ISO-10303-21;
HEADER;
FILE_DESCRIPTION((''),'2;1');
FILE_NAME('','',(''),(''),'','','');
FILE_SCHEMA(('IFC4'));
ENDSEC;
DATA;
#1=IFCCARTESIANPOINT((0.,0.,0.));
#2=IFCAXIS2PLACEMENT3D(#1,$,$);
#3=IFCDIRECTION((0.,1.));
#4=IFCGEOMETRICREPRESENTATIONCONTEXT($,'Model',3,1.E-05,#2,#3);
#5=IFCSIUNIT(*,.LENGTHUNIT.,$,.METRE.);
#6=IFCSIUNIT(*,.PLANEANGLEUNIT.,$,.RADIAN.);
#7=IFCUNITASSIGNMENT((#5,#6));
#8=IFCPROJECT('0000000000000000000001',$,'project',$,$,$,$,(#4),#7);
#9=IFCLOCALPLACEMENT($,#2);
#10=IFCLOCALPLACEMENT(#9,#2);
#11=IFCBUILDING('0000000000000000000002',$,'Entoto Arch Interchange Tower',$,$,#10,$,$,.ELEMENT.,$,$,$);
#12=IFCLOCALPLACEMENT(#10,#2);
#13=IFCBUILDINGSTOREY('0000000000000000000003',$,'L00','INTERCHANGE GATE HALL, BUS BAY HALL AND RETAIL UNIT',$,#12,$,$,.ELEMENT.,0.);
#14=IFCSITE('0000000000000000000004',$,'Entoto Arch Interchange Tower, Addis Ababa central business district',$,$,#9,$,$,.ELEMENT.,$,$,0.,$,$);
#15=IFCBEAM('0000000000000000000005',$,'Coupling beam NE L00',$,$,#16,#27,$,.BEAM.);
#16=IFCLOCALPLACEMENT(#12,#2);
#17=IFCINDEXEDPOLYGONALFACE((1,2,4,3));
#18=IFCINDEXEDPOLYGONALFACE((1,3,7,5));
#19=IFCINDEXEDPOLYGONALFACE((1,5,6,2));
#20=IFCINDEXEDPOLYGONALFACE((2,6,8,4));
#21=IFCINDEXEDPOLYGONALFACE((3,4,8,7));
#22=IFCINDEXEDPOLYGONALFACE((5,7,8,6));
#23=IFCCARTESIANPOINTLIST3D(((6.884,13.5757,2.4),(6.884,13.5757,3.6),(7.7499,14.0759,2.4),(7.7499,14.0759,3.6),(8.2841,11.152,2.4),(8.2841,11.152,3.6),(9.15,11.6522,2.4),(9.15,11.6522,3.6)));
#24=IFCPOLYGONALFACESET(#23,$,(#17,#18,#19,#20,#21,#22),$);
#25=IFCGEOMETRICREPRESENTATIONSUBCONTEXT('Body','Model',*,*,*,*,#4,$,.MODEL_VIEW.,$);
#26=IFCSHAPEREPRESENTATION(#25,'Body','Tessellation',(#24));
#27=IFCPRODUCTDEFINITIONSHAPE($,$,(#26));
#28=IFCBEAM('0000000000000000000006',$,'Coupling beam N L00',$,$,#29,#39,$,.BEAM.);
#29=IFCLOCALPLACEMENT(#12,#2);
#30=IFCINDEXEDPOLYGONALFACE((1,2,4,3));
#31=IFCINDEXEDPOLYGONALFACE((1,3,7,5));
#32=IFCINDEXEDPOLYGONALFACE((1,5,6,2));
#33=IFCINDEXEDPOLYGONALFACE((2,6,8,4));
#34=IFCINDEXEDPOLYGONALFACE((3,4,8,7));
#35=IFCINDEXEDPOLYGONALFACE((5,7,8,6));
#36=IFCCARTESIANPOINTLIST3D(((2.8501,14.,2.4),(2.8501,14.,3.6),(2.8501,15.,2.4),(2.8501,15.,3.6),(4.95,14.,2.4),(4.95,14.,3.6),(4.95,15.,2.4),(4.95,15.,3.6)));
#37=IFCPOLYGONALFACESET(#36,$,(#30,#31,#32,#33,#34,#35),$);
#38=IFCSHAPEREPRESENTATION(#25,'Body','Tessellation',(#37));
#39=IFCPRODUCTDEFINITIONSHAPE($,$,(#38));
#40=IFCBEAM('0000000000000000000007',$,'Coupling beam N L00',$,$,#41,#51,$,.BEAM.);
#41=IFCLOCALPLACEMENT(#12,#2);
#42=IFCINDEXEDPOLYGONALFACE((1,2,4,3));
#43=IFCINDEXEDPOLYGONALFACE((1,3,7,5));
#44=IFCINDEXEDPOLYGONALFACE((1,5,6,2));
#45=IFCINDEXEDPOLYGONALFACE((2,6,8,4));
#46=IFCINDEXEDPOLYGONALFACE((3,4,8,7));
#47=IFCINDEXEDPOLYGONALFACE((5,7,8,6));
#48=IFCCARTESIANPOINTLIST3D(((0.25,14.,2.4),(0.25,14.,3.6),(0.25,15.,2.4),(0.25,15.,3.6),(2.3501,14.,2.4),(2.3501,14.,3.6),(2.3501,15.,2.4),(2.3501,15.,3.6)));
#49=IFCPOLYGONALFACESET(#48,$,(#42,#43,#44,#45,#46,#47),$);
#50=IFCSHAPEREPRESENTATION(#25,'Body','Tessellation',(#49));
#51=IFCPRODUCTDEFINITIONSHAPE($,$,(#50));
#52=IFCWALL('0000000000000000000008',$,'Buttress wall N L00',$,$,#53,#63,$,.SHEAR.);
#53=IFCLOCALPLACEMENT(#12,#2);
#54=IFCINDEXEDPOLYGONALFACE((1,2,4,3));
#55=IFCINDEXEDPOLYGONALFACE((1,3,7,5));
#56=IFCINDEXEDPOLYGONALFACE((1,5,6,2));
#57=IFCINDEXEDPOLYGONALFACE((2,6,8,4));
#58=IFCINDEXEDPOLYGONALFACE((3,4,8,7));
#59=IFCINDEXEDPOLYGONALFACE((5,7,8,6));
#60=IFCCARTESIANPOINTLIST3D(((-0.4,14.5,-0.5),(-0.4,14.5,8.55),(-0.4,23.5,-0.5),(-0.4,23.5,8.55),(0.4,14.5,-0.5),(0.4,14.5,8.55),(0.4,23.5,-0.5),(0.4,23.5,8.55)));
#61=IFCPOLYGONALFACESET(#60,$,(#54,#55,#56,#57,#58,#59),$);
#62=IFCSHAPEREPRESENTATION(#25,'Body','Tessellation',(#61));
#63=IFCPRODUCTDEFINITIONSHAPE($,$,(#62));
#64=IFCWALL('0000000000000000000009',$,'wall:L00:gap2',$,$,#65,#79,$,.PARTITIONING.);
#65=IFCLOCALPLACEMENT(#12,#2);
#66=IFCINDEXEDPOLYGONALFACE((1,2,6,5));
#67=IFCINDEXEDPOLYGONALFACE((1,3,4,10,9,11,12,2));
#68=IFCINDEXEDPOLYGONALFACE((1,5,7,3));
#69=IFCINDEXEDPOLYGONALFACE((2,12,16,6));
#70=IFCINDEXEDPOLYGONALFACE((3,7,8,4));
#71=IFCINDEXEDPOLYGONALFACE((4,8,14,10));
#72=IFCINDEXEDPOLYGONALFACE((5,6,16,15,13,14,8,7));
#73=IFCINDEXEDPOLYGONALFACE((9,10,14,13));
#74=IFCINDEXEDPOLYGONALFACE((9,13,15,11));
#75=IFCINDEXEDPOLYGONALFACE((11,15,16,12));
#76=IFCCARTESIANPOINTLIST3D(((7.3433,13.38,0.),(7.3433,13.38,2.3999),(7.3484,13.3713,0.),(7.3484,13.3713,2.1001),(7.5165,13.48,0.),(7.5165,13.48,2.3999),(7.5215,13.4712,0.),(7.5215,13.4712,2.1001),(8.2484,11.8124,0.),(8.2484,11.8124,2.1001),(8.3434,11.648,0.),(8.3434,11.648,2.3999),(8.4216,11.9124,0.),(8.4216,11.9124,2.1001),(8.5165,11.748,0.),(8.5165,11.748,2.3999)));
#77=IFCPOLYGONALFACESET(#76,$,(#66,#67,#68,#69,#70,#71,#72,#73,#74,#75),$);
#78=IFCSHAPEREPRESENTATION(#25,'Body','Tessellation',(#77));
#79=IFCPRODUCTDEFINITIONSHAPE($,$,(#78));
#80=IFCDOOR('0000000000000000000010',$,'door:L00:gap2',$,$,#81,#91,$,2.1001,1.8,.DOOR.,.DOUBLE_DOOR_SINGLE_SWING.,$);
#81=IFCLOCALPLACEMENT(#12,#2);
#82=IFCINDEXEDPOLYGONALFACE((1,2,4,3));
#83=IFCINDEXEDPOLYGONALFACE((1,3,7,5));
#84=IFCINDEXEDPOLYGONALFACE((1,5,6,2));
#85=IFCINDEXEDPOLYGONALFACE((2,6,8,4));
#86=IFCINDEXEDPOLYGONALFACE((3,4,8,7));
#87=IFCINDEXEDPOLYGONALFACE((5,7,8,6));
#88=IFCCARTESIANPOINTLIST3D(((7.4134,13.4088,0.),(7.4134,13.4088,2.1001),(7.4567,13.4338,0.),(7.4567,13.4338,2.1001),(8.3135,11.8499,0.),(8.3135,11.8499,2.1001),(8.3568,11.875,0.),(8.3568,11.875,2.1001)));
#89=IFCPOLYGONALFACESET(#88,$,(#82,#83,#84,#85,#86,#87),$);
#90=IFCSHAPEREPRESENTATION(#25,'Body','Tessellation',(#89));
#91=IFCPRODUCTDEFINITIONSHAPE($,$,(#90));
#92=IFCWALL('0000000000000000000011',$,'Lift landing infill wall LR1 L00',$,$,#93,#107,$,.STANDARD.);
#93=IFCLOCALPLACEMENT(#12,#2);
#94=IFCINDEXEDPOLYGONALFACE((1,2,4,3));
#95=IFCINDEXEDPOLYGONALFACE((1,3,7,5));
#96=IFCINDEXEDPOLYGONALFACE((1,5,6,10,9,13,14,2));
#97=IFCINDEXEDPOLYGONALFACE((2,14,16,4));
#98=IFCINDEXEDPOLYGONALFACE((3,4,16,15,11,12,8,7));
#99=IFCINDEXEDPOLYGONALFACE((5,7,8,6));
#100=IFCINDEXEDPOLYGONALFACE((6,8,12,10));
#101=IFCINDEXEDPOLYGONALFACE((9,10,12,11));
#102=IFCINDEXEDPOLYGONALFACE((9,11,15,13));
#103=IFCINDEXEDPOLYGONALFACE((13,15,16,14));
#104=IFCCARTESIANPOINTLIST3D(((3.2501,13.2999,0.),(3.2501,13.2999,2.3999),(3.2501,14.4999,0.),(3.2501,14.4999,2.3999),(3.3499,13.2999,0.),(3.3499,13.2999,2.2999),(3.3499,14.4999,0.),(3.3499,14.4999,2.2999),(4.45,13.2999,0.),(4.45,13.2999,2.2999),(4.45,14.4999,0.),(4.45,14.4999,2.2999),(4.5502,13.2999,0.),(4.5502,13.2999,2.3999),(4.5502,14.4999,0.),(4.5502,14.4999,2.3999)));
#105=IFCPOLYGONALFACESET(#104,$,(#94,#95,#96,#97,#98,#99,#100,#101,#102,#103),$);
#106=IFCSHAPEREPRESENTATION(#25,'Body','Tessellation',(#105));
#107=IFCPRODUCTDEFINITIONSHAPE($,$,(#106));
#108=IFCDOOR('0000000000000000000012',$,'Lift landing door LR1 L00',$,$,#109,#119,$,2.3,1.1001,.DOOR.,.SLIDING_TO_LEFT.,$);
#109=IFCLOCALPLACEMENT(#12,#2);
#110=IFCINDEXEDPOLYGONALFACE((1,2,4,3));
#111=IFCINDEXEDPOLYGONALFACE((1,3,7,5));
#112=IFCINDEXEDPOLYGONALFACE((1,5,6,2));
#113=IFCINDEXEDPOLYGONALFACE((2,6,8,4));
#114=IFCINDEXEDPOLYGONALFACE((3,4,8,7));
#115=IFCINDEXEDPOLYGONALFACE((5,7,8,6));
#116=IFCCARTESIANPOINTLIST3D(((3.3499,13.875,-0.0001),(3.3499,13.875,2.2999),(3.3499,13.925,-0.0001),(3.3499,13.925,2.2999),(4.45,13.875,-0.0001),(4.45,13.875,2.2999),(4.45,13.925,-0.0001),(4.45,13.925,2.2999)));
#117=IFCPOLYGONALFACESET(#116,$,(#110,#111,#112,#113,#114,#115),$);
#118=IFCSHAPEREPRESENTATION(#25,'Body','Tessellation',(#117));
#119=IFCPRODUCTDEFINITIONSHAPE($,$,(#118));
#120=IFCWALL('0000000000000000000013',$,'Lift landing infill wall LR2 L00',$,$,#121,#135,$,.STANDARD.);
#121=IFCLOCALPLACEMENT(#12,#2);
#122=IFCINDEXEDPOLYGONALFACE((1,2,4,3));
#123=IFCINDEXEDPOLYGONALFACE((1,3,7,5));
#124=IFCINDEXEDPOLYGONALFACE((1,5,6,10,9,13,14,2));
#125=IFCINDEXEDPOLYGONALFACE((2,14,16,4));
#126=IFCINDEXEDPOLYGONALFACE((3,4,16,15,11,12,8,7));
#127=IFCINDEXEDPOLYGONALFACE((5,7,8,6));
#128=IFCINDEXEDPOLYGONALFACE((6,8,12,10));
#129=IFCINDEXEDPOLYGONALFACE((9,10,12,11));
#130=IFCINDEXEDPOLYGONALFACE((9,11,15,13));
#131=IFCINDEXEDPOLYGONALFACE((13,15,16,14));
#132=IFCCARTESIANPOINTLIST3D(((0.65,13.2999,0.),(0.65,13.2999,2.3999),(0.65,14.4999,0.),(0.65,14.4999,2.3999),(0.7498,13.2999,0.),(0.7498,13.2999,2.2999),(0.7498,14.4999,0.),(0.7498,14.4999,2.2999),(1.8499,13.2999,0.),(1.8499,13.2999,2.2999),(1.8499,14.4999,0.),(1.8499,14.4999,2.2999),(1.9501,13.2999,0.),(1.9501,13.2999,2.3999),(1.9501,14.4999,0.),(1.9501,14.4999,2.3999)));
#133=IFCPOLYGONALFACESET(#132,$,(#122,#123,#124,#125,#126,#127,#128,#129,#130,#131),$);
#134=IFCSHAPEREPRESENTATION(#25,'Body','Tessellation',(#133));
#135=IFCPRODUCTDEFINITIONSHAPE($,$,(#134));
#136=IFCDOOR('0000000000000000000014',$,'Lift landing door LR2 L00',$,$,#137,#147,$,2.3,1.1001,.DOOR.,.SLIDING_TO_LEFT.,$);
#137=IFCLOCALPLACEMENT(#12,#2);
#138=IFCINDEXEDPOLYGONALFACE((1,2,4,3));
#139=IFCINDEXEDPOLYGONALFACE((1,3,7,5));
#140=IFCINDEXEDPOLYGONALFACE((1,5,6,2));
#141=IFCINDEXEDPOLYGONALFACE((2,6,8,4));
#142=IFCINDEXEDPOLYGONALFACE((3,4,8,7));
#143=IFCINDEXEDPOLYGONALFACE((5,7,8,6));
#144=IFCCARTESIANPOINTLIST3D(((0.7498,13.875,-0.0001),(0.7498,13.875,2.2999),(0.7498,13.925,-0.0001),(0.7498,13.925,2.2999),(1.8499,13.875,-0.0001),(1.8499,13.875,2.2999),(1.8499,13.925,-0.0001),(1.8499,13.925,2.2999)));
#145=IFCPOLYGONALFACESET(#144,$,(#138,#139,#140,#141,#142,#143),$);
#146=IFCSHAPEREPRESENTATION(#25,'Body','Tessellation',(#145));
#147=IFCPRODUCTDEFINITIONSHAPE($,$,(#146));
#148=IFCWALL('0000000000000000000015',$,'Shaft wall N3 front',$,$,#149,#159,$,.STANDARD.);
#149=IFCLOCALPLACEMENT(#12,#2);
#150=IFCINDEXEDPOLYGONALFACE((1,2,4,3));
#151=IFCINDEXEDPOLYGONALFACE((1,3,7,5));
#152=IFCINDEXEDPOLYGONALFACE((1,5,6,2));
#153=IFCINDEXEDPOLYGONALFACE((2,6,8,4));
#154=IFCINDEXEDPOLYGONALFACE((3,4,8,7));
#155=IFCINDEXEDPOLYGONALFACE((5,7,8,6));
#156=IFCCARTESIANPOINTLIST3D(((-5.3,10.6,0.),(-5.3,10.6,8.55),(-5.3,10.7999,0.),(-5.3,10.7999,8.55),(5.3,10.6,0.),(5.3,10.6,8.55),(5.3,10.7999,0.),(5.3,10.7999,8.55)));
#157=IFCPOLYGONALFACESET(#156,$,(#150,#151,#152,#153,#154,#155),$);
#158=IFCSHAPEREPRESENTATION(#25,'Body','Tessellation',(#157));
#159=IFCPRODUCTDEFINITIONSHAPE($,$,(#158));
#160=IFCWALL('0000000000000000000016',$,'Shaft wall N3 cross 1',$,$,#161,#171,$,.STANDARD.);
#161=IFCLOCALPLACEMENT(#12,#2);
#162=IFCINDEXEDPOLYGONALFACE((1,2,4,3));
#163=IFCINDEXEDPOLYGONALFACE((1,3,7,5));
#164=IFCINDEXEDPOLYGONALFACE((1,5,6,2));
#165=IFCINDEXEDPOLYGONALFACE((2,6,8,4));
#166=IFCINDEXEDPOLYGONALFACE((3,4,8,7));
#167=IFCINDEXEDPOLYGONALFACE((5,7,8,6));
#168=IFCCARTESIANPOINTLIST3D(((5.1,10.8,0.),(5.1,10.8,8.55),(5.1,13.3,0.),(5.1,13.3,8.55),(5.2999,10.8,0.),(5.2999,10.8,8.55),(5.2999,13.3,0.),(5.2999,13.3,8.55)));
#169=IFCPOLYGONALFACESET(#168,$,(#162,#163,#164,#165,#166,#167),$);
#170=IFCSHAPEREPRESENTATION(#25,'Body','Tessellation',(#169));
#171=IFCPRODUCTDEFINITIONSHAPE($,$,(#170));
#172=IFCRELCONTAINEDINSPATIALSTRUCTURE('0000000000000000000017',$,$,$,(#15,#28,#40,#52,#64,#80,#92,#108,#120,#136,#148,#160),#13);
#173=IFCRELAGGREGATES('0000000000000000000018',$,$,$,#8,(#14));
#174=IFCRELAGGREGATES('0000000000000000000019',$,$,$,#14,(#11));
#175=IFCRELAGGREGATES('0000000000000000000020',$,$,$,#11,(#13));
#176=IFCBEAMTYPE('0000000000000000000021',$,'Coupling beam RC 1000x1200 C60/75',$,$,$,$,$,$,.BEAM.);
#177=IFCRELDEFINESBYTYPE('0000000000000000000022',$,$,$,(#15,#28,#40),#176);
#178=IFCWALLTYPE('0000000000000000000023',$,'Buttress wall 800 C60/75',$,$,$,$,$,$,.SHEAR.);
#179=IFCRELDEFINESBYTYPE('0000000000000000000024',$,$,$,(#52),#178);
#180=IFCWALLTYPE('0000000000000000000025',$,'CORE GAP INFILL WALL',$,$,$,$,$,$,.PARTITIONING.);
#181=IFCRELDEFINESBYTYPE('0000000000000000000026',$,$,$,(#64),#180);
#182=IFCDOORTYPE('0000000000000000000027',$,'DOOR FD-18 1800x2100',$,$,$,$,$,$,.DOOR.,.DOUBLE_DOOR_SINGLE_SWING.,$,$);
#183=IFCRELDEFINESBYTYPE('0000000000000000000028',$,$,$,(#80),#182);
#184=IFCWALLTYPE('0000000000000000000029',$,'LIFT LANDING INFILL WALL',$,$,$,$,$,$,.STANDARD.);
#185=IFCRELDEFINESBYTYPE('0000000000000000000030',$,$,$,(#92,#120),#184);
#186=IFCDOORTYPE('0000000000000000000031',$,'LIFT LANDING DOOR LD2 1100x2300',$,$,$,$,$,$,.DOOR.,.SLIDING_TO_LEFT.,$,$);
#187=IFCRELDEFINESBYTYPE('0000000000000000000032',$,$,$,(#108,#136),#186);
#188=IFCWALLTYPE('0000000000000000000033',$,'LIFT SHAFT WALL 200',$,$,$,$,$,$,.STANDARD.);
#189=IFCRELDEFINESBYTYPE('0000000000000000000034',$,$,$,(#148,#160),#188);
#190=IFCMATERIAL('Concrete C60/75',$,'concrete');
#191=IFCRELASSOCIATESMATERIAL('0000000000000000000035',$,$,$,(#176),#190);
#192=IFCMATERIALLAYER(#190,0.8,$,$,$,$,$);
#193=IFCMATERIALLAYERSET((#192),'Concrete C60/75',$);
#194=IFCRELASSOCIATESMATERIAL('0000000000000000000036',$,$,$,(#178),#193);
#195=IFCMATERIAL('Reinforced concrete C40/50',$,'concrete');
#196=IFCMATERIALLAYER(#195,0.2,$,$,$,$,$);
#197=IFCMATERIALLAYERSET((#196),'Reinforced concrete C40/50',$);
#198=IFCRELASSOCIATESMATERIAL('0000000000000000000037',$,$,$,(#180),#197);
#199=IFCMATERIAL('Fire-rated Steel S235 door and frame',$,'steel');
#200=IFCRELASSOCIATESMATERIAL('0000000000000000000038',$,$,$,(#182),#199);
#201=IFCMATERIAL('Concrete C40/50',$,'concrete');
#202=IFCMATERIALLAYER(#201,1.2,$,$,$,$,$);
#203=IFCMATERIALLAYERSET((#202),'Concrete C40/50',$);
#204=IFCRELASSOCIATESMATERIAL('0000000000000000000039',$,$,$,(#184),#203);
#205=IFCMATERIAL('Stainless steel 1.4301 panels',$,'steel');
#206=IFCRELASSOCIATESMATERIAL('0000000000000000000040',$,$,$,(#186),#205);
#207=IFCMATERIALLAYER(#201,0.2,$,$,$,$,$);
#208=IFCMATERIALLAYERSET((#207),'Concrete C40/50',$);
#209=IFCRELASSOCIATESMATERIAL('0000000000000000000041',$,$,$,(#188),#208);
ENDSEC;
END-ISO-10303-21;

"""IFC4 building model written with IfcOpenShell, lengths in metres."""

from ifc_helpers import new_model, si_unit, direction, frame, frame_2d, origin, origin_2d, place, context, subcontext, project, spatial, rectangle, extrude, material, layer, layer_set, material_profile, profile_set, type_object, element, fill, save


model = new_model("IFC4")

# Units and contexts
model_context = context("Model", 3, precision=1e-05, world=origin(), true_north=direction((0.0, 1.0)))
body_context = subcontext(model_context, "Body", "Model", "MODEL_VIEW")
ifc_project = project(units=[si_unit("LENGTHUNIT", "METRE"), si_unit("PLANEANGLEUNIT", "RADIAN")], contexts=[model_context])

# Site, building, storey
site_placement = place(None, origin())
site = spatial("IfcSite", under=ifc_project, at=site_placement, Name="Entoto Arch Interchange Tower, Addis Ababa central business district", CompositionType="ELEMENT", RefElevation=0.0)
building_placement = place(site_placement, origin())
building = spatial("IfcBuilding", under=site, at=building_placement, Name="Entoto Arch Interchange Tower", CompositionType="ELEMENT")
storey_placement = place(building_placement, origin())
storey = spatial("IfcBuildingStorey", under=building, at=storey_placement, Name="L00", Description="INTERCHANGE GATE HALL, BUS BAY HALL AND RETAIL UNIT", CompositionType="ELEMENT", Elevation=0.0)

# Beams
ifc_material_1 = material(Name="Concrete C60/75", Category="concrete")
ifc_material_profile = material_profile(ifc_material_1, rectangle(XDim=1.0, YDim=1.2, at=origin_2d()))
ifc_profile_set = profile_set([ifc_material_profile], Name="Concrete C60/75")
beam_type = type_object("IfcBeamType", Name="Coupling beam RC 1000x1200 C60/75", PredefinedType="BEAM", material=ifc_profile_set)
beam_1_placement = place(storey_placement, frame((8.717, 11.4021, 3.0), z_axis=(-0.500201, 0.86591, 0.0), x_axis=(-0.86591, -0.500201, 0.0)))
element("IfcBeam", 1, at=beam_1_placement, inside=storey, type_object=beam_type, Name="Coupling beam NE L00", PredefinedType="BEAM", context=body_context, shape_type="SweptSolid", body=[
    extrude(rectangle(XDim=1.0, YDim=1.2, at=origin_2d()), origin(), (0.0, 0.0, 1.0), 2.7991),
])
beam_2_placement = place(storey_placement, frame((4.95, 14.5, 3.0), z_axis=(-1.0, 0.0, 0.0), x_axis=(0.0, -1.0, 0.0)))
element("IfcBeam", 2, at=beam_2_placement, inside=storey, type_object=beam_type, Name="Coupling beam N L00", PredefinedType="BEAM", context=body_context, shape_type="SweptSolid", body=[
    extrude(rectangle(XDim=1.0, YDim=1.2, at=origin_2d()), origin(), (0.0, 0.0, 1.0), 2.0999),
])
beam_3_placement = place(storey_placement, frame((2.3501, 14.5, 3.0), z_axis=(-1.0, 0.0, 0.0), x_axis=(0.0, -1.0, 0.0)))
element("IfcBeam", 3, at=beam_3_placement, inside=storey, type_object=beam_type, Name="Coupling beam N L00", PredefinedType="BEAM", context=body_context, shape_type="SweptSolid", body=[
    extrude(rectangle(XDim=1.0, YDim=1.2, at=origin_2d()), origin(), (0.0, 0.0, 1.0), 2.1001),
])

# Wall
ifc_layer_1 = layer(ifc_material_1, 0.8)
ifc_layer_set_1 = layer_set([ifc_layer_1], Name="Concrete C60/75")
wall_type_1 = type_object("IfcWallType", Name="Buttress wall 800 C60/75", PredefinedType="SHEAR", material=ifc_layer_set_1)
wall_1_placement = place(storey_placement, frame((0.0, 14.5, -0.5), z_axis=(0.0, 0.0, 1.0), x_axis=(0.0, 1.0, 0.0)))
element("IfcWall", 4, at=wall_1_placement, inside=storey, type_object=wall_type_1, Name="Buttress wall N L00", PredefinedType="SHEAR", context=body_context, shape_type="SweptSolid", body=[
    extrude(rectangle(XDim=9.0, YDim=0.8, at=frame_2d((4.5, 0.0))), origin(), (0.0, 0.0, 1.0), 9.05),
])

# Walls, openings, doors
ifc_material_2 = material(Name="Reinforced concrete C40/50", Category="concrete")
ifc_layer_2 = layer(ifc_material_2, 0.2)
ifc_layer_set_2 = layer_set([ifc_layer_2], Name="Reinforced concrete C40/50")
wall_type_2 = type_object("IfcWallType", Name="CORE GAP INFILL WALL", PredefinedType="PARTITIONING", material=ifc_layer_set_2)
wall_2_placement = place(storey_placement, frame((8.4299, 11.698, 0.0), z_axis=(0.0, 0.0, 1.0), x_axis=(-0.500025, 0.866011, 0.0)))
wall_2 = element("IfcWall", 5, at=wall_2_placement, inside=storey, type_object=wall_type_2, Name="wall:L00:gap2", PredefinedType="PARTITIONING", context=body_context, shape_type="SweptSolid", body=[
    extrude(rectangle(XDim=2.0, YDim=0.2, at=frame_2d((1.0, 0.0))), origin(), (0.0, 0.0, 1.0), 2.3999),
])
opening_1_placement = place(wall_2_placement, frame((0.1899, 0.0, 0.0)))
opening_1 = element("IfcOpeningElement", 6, at=opening_1_placement, cuts=wall_2, PredefinedType="OPENING", context=body_context, shape_type="SweptSolid", body=[
    extrude(rectangle(XDim=1.8, YDim=2.1001, at=frame_2d((0.8999, 1.05))), frame((0.0, 0.1099, 0.0), z_axis=(0.0, -1.0, 0.0), x_axis=(1.0, 0.0, 0.0)), (0.0, 0.0, 1.0), 0.22),
])
ifc_material_3 = material(Name="Fire-rated Steel S235 door and frame", Category="steel")
door_type_1 = type_object("IfcDoorType", Name="DOOR FD-18 1800x2100", OperationType="DOUBLE_DOOR_SINGLE_SWING", PredefinedType="DOOR", material=ifc_material_3)
door_1_placement = place(opening_1_placement, origin())
door_1 = element("IfcDoor", 7, at=door_1_placement, inside=storey, type_object=door_type_1, Name="door:L00:gap2", OperationType="DOUBLE_DOOR_SINGLE_SWING", OverallHeight=2.1001, OverallWidth=1.8, PredefinedType="DOOR", context=body_context, shape_type="SweptSolid", body=[
    extrude(rectangle(XDim=1.8, YDim=2.1001, at=frame_2d((0.8999, 1.05))), frame((0.0, 0.0249, 0.0), z_axis=(0.0, -1.0, 0.0), x_axis=(1.0, 0.0, 0.0)), (0.0, 0.0, 1.0), 0.05),
])
fill(opening_1, door_1)
ifc_material_4 = material(Name="Concrete C40/50", Category="concrete")
ifc_layer_3 = layer(ifc_material_4, 1.2)
ifc_layer_set_3 = layer_set([ifc_layer_3], Name="Concrete C40/50")
wall_type_3 = type_object("IfcWallType", Name="LIFT LANDING INFILL WALL", PredefinedType="STANDARD", material=ifc_layer_set_3)
wall_3_placement = place(storey_placement, frame((4.55, 13.8999, 0.0), z_axis=(0.0, 0.0, 1.0), x_axis=(-1.0, 0.0, 0.0)))
wall_3 = element("IfcWall", 8, at=wall_3_placement, inside=storey, type_object=wall_type_3, Name="Lift landing infill wall LR1 L00", PredefinedType="STANDARD", context=body_context, shape_type="SweptSolid", body=[
    extrude(rectangle(XDim=1.3, YDim=1.2, at=frame_2d((0.6499, 0.0))), origin(), (0.0, 0.0, 1.0), 2.3999),
])
opening_2_placement = place(wall_3_placement, frame((0.1001, 0.0, 0.0)))
opening_2 = element("IfcOpeningElement", 9, at=opening_2_placement, cuts=wall_3, PredefinedType="OPENING", context=body_context, shape_type="SweptSolid", body=[
    extrude(rectangle(XDim=1.1001, YDim=2.3, at=frame_2d((0.55, 1.1499))), frame((0.0, 0.6099, 0.0), z_axis=(0.0, -1.0, 0.0), x_axis=(1.0, 0.0, 0.0)), (0.0, 0.0, 1.0), 1.22),
])
ifc_material_5 = material(Name="Stainless steel 1.4301 panels", Category="steel")
door_type_2 = type_object("IfcDoorType", Name="LIFT LANDING DOOR LD2 1100x2300", OperationType="SLIDING_TO_LEFT", PredefinedType="DOOR", material=ifc_material_5)
door_2_placement = place(opening_2_placement, origin())
door_2 = element("IfcDoor", 10, at=door_2_placement, inside=storey, type_object=door_type_2, Name="Lift landing door LR1 L00", OperationType="SLIDING_TO_LEFT", OverallHeight=2.3, OverallWidth=1.1001, PredefinedType="DOOR", context=body_context, shape_type="SweptSolid", body=[
    extrude(rectangle(XDim=1.1001, YDim=2.3, at=frame_2d((0.55, 1.1499))), frame((0.0, 0.0249, 0.0), z_axis=(0.0, -1.0, 0.0), x_axis=(1.0, 0.0, 0.0)), (0.0, 0.0, 1.0), 0.05),
])
fill(opening_2, door_2)
wall_4_placement = place(storey_placement, frame((1.95, 13.8999, 0.0), z_axis=(0.0, 0.0, 1.0), x_axis=(-1.0, 0.0, 0.0)))
wall_4 = element("IfcWall", 11, at=wall_4_placement, inside=storey, type_object=wall_type_3, Name="Lift landing infill wall LR2 L00", PredefinedType="STANDARD", context=body_context, shape_type="SweptSolid", body=[
    extrude(rectangle(XDim=1.3, YDim=1.2, at=frame_2d((0.6499, 0.0))), origin(), (0.0, 0.0, 1.0), 2.3999),
])
opening_3_placement = place(wall_4_placement, frame((0.1001, 0.0, 0.0)))
opening_3 = element("IfcOpeningElement", 12, at=opening_3_placement, cuts=wall_4, PredefinedType="OPENING", context=body_context, shape_type="SweptSolid", body=[
    extrude(rectangle(XDim=1.1001, YDim=2.3, at=frame_2d((0.55, 1.1499))), frame((0.0, 0.6099, 0.0), z_axis=(0.0, -1.0, 0.0), x_axis=(1.0, 0.0, 0.0)), (0.0, 0.0, 1.0), 1.22),
])
door_3_placement = place(opening_3_placement, origin())
door_3 = element("IfcDoor", 13, at=door_3_placement, inside=storey, type_object=door_type_2, Name="Lift landing door LR2 L00", OperationType="SLIDING_TO_LEFT", OverallHeight=2.3, OverallWidth=1.1001, PredefinedType="DOOR", context=body_context, shape_type="SweptSolid", body=[
    extrude(rectangle(XDim=1.1001, YDim=2.3, at=frame_2d((0.55, 1.1499))), frame((0.0, 0.0249, 0.0), z_axis=(0.0, -1.0, 0.0), x_axis=(1.0, 0.0, 0.0)), (0.0, 0.0, 1.0), 0.05),
])
fill(opening_3, door_3)

# Walls
ifc_layer_4 = layer(ifc_material_4, 0.2)
ifc_layer_set_4 = layer_set([ifc_layer_4], Name="Concrete C40/50")
wall_type_4 = type_object("IfcWallType", Name="LIFT SHAFT WALL 200", PredefinedType="STANDARD", material=ifc_layer_set_4)
wall_5_placement = place(storey_placement, frame((5.3, 10.7, 0.0), z_axis=(0.0, 0.0, 1.0), x_axis=(-1.0, 0.0, 0.0)))
element("IfcWall", 14, at=wall_5_placement, inside=storey, type_object=wall_type_4, Name="Shaft wall N3 front", PredefinedType="STANDARD", context=body_context, shape_type="SweptSolid", body=[
    extrude(rectangle(XDim=10.6001, YDim=0.2, at=frame_2d((5.3, 0.0))), origin(), (0.0, 0.0, 1.0), 8.55),
])
for number, where, z_axis, x_axis, name in (
    (15, (5.2, 10.8, 0.0), (0.0, 0.0, 1.0), (0.0, 1.0, 0.0), "Shaft wall N3 cross 1"),
):
    element("IfcWall", number, at=place(storey_placement, frame(where, z_axis=z_axis, x_axis=x_axis)), inside=storey, type_object=wall_type_4, Name=name, PredefinedType="STANDARD", context=body_context, shape_type="SweptSolid", body=[
        extrude(rectangle(XDim=2.5, YDim=0.2, at=frame_2d((1.25, 0.0))), origin(), (0.0, 0.0, 1.0), 8.55),
    ])

save(model, "model.ifc")
